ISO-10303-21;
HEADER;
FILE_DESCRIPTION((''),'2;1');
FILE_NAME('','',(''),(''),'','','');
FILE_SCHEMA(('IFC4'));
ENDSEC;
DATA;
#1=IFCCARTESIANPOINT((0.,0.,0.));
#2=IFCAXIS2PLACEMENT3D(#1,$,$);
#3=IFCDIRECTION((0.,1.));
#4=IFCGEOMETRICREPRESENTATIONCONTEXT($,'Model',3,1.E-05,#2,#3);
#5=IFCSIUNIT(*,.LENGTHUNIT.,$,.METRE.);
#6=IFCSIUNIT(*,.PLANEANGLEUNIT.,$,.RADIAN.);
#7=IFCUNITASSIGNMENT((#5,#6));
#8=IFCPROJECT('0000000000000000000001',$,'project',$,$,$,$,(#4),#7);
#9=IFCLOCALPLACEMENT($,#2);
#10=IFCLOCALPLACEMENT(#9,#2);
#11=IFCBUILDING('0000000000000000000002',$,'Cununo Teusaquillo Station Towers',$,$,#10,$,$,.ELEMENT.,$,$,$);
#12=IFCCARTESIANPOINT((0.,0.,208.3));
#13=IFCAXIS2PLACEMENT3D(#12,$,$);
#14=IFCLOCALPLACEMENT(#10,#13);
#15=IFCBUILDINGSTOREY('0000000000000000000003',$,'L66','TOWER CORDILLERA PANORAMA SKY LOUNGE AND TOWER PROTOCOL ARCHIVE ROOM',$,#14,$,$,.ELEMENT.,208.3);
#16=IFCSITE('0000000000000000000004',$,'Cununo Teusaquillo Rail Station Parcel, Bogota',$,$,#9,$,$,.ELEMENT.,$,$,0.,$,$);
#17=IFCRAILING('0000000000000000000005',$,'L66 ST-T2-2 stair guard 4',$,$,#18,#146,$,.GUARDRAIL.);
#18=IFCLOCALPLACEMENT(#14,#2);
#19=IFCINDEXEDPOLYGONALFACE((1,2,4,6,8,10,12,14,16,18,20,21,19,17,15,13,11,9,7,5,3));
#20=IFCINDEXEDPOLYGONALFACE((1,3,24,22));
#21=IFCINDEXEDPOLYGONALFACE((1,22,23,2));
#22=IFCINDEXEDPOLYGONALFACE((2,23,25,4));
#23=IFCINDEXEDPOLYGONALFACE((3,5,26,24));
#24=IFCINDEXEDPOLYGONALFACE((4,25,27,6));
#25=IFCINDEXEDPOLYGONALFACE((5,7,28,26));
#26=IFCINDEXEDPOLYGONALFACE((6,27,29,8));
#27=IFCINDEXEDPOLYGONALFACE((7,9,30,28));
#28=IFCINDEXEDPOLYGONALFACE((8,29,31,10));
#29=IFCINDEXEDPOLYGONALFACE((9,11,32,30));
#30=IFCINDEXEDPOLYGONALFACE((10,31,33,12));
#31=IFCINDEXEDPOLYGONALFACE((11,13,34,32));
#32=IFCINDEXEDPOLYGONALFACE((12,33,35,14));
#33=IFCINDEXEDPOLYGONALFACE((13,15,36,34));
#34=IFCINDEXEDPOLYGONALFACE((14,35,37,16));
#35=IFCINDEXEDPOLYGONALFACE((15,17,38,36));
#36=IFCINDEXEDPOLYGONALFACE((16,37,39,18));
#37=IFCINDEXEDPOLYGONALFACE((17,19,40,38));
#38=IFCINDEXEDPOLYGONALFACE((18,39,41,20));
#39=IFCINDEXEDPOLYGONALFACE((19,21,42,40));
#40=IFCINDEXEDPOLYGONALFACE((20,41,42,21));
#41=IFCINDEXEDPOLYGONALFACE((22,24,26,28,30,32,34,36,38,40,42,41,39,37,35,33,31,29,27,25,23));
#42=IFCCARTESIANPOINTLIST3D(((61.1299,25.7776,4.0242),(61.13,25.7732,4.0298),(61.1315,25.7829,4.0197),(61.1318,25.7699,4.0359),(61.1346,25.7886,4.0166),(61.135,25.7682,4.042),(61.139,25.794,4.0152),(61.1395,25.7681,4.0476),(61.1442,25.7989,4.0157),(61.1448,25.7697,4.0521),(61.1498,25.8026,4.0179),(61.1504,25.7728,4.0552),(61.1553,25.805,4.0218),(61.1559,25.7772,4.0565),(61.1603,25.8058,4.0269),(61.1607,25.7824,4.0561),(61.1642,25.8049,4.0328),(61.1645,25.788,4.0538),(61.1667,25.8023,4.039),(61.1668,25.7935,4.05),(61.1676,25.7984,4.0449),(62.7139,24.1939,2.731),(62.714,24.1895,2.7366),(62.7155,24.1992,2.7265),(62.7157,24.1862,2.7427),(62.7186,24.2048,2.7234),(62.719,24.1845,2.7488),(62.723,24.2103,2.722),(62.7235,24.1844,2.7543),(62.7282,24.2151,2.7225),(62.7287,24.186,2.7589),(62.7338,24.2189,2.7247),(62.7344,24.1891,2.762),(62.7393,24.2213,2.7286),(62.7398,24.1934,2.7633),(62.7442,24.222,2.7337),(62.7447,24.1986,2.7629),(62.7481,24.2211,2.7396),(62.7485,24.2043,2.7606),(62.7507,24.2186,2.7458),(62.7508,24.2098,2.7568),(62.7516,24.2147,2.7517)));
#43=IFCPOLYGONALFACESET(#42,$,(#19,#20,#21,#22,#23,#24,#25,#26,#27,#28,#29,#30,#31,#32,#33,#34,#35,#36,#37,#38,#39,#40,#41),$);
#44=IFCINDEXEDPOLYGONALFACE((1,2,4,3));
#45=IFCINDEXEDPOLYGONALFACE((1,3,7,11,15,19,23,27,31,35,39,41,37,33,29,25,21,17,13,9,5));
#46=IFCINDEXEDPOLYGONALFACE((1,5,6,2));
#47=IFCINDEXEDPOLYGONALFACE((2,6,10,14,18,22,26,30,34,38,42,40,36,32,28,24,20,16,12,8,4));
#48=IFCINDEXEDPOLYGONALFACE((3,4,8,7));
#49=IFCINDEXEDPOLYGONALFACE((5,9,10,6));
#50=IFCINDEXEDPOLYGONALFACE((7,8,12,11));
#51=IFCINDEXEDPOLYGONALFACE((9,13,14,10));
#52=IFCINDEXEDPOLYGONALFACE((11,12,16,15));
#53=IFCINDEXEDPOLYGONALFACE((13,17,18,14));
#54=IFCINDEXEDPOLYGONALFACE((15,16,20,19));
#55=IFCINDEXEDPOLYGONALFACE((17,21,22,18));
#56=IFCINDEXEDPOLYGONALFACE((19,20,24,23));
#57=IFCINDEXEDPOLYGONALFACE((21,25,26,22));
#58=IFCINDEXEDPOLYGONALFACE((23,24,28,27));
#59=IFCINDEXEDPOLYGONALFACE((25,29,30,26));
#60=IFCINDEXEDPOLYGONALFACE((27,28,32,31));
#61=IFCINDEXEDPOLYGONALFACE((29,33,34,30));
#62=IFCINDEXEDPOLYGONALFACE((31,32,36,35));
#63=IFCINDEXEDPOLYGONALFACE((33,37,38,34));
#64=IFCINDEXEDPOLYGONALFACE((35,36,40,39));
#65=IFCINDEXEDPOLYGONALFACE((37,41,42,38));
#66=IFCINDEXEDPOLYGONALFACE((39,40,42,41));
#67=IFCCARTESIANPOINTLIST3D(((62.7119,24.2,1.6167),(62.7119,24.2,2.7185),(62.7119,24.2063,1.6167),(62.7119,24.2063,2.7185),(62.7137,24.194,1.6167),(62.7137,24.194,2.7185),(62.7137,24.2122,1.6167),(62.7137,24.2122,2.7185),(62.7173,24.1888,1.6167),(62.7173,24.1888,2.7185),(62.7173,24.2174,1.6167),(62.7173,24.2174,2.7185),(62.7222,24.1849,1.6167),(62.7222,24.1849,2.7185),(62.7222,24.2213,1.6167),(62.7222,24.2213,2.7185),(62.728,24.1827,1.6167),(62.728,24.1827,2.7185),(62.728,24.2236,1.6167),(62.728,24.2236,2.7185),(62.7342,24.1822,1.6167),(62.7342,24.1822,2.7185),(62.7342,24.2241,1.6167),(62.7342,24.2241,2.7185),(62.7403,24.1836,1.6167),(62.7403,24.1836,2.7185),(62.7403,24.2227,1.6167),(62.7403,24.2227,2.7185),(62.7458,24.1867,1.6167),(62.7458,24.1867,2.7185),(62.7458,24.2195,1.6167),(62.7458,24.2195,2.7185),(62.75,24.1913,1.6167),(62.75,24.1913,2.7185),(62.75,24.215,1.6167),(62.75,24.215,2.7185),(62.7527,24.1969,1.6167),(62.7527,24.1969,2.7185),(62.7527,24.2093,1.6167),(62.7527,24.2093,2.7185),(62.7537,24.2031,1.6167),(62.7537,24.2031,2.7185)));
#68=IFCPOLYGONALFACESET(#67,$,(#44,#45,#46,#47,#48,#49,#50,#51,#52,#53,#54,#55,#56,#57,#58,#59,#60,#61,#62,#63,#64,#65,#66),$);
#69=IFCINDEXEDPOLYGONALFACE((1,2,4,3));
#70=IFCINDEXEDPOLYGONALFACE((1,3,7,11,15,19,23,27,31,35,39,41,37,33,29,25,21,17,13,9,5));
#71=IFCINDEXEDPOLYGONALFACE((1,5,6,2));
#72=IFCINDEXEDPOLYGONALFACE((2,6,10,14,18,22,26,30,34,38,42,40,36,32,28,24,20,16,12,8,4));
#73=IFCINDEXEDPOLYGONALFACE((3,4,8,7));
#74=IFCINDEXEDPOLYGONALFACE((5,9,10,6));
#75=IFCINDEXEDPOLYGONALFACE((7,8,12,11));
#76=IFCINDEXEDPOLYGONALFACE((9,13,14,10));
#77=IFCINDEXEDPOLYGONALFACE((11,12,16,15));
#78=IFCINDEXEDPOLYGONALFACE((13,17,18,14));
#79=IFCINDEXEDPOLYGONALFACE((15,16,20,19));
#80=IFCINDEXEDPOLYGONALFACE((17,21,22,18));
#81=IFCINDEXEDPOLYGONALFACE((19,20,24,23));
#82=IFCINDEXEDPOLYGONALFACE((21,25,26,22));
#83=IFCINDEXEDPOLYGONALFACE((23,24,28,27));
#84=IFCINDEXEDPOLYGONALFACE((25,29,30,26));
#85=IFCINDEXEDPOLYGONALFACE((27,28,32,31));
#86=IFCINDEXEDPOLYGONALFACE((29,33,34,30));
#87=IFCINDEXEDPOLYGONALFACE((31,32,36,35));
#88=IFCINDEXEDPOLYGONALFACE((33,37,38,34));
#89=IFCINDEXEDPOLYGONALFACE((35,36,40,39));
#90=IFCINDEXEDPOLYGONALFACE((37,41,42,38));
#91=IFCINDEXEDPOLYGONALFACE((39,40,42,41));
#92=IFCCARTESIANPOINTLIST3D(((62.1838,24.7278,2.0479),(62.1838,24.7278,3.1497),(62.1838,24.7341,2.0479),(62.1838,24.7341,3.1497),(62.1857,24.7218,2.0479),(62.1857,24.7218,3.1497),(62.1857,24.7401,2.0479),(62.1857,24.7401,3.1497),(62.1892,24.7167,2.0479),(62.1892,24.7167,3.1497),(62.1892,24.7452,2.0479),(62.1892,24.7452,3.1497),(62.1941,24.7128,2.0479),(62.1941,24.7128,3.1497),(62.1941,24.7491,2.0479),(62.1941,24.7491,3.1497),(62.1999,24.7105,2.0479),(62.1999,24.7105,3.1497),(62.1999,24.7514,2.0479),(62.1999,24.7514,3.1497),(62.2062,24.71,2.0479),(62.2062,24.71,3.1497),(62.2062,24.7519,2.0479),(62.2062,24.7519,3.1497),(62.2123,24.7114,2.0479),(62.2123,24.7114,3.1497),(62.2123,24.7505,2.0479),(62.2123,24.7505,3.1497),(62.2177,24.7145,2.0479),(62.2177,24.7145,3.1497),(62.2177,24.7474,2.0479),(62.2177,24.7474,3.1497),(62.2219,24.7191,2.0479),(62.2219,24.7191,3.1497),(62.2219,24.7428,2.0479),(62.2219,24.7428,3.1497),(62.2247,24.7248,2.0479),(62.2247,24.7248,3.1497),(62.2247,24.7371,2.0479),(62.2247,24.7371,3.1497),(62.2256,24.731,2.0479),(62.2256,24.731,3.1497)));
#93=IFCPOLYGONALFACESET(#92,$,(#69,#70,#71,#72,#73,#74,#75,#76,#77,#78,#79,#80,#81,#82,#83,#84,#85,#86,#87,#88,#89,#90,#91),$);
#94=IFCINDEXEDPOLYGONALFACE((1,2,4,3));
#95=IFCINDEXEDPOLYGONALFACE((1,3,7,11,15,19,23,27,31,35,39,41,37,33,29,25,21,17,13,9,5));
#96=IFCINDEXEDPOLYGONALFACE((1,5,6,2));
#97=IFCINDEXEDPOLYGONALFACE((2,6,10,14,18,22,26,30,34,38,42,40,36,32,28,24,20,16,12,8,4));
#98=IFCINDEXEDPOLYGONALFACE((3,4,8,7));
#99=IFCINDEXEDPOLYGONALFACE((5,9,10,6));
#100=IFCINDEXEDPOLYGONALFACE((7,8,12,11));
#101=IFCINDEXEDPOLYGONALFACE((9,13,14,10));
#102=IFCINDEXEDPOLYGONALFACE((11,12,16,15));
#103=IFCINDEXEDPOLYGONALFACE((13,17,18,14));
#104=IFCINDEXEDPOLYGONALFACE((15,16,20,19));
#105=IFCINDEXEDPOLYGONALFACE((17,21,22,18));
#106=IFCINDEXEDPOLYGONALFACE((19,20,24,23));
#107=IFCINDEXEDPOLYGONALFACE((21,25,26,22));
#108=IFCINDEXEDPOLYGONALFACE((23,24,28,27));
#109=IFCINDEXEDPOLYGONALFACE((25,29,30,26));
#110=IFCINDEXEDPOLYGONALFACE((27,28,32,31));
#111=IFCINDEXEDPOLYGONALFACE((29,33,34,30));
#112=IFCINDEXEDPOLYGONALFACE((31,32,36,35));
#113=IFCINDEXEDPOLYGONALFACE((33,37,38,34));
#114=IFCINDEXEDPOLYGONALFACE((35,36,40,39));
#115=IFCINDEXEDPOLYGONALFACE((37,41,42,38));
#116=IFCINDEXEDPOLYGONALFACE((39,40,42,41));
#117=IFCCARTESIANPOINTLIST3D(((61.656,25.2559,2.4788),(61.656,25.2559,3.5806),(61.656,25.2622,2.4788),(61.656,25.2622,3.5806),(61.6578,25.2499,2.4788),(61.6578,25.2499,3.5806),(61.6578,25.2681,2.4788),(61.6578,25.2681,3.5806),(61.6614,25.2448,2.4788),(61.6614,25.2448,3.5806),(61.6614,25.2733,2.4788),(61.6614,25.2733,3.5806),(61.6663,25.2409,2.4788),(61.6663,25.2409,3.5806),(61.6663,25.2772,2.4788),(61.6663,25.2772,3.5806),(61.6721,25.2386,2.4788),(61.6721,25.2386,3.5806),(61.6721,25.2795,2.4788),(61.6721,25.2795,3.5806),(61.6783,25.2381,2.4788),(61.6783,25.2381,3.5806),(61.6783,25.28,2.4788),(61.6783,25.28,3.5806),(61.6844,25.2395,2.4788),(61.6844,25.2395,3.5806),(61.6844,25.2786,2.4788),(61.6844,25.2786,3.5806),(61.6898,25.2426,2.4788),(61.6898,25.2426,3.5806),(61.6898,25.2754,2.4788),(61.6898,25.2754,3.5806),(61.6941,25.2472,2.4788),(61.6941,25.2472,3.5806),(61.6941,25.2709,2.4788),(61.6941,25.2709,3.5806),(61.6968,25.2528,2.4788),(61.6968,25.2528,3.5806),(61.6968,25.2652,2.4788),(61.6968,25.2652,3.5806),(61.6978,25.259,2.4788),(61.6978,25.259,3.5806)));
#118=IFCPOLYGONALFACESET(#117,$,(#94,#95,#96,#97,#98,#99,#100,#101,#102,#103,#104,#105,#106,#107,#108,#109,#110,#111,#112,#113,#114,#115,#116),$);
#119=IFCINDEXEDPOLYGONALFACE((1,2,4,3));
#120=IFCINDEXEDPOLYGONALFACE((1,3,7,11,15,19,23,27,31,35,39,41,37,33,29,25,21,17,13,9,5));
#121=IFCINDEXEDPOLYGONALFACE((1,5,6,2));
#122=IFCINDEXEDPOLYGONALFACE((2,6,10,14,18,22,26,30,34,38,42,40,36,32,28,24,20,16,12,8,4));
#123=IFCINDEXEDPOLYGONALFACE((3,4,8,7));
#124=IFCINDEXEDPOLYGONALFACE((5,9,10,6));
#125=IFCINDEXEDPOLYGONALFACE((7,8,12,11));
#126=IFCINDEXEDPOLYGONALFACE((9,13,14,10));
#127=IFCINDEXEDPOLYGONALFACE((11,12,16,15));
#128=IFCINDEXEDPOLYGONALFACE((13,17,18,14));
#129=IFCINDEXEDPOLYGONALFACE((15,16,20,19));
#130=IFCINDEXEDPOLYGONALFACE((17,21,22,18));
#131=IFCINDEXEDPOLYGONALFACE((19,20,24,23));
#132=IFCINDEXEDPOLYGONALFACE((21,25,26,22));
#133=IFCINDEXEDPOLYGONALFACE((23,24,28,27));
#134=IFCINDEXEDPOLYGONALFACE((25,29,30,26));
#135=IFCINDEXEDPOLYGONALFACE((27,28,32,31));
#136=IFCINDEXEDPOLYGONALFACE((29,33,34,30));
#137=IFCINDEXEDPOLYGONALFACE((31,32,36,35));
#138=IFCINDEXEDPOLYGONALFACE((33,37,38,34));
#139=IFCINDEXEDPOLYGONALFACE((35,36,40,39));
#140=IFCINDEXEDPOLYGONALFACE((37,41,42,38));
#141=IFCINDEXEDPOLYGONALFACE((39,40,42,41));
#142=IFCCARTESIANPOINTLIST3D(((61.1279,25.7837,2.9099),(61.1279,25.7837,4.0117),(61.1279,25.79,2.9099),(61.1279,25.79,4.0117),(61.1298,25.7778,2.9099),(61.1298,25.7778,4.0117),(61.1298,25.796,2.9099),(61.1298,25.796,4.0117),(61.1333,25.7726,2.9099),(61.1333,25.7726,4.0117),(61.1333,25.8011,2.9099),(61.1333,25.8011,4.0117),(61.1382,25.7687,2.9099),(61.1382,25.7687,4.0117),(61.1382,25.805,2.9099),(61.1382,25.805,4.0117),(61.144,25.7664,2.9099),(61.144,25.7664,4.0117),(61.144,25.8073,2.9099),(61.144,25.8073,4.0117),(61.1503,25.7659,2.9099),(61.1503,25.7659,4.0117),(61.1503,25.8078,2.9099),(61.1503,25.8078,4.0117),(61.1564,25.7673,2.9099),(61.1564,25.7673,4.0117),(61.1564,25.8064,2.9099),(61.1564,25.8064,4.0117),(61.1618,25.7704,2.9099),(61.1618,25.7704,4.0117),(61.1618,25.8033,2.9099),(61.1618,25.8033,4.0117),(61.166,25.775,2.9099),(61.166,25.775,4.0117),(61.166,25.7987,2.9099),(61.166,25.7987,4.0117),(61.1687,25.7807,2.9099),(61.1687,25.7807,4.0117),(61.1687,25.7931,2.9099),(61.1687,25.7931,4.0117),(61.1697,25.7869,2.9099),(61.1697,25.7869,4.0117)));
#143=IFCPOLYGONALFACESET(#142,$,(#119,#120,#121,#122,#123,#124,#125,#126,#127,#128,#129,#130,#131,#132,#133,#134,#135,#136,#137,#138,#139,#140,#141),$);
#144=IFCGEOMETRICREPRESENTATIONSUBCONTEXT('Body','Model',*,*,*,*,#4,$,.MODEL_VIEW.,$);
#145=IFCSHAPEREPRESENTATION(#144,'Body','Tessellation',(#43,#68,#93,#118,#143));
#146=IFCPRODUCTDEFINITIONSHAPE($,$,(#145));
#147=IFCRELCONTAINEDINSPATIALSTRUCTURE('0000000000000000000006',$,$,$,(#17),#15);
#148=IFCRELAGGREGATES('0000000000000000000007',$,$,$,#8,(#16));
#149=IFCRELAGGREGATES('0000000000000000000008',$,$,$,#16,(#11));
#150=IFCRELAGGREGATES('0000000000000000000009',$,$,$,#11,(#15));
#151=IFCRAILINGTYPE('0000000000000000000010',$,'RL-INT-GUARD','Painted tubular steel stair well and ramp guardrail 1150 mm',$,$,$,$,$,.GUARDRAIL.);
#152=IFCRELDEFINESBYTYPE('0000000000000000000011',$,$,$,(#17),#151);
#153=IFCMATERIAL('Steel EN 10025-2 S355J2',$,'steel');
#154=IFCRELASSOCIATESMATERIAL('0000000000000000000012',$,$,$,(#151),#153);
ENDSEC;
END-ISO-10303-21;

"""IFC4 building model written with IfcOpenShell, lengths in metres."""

from ifc_helpers import new_model, si_unit, direction, frame, origin, origin_2d, place, context, subcontext, project, spatial, circle, extrude, material, type_object, element, save


model = new_model("IFC4")

# Units and contexts
model_context = context("Model", 3, precision=1e-05, world=origin(), true_north=direction((0.0, 1.0)))
body_context = subcontext(model_context, "Body", "Model", "MODEL_VIEW")
ifc_project = project(units=[si_unit("LENGTHUNIT", "METRE"), si_unit("PLANEANGLEUNIT", "RADIAN")], contexts=[model_context])

# Site, building, storey
site_placement = place(None, origin())
site = spatial("IfcSite", under=ifc_project, at=site_placement, Name="Cununo Teusaquillo Rail Station Parcel, Bogota", CompositionType="ELEMENT", RefElevation=0.0)
building_placement = place(site_placement, origin())
building = spatial("IfcBuilding", under=site, at=building_placement, Name="Cununo Teusaquillo Station Towers", CompositionType="ELEMENT")
storey_placement = place(building_placement, frame((0.0, 0.0, 208.3)))
storey = spatial("IfcBuildingStorey", under=building, at=storey_placement, Name="L66", Description="TOWER CORDILLERA PANORAMA SKY LOUNGE AND TOWER PROTOCOL ARCHIVE ROOM", CompositionType="ELEMENT", Elevation=208.3)

# Railing
ifc_material_1 = material(Name="Steel EN 10025-2 S355J2", Category="steel")
railing_type_1 = type_object("IfcRailingType", Name="RL-INT-GUARD", Description="Painted tubular steel stair well and ramp guardrail 1150 mm", PredefinedType="GUARDRAIL", material=ifc_material_1)
railing_1_placement = place(storey_placement, frame((62.7327, 24.2031, 1.6167)))
element("IfcRailing", 1, at=railing_1_placement, inside=storey, type_object=railing_type_1, Name="L66 ST-T2-2 stair guard 4", PredefinedType="GUARDRAIL", context=body_context, shape_type="SweptSolid", body=[
    extrude(circle(Radius=0.0239, at=origin_2d()), frame((0.0, 0.0, 1.126), z_axis=(-0.61242, 0.612326, 0.499998), x_axis=(-0.707052, -0.707161, 0.0)), (0.0, 0.0, 1.0), 2.5864),
    extrude(circle(Radius=0.021, at=origin_2d()), origin(), (0.0, 0.0, 1.0), 1.1018),
    extrude(circle(Radius=0.021, at=origin_2d()), frame((-0.5281, 0.5278, 0.4312)), (0.0, 0.0, 1.0), 1.1018),
    extrude(circle(Radius=0.021, at=origin_2d()), frame((-1.0559, 1.0559, 0.8621)), (0.0, 0.0, 1.0), 1.1018),
    extrude(circle(Radius=0.021, at=origin_2d()), frame((-1.584, 1.5837, 1.2932)), (0.0, 0.0, 1.0), 1.1018),
])

save(model, "model.ifc")
